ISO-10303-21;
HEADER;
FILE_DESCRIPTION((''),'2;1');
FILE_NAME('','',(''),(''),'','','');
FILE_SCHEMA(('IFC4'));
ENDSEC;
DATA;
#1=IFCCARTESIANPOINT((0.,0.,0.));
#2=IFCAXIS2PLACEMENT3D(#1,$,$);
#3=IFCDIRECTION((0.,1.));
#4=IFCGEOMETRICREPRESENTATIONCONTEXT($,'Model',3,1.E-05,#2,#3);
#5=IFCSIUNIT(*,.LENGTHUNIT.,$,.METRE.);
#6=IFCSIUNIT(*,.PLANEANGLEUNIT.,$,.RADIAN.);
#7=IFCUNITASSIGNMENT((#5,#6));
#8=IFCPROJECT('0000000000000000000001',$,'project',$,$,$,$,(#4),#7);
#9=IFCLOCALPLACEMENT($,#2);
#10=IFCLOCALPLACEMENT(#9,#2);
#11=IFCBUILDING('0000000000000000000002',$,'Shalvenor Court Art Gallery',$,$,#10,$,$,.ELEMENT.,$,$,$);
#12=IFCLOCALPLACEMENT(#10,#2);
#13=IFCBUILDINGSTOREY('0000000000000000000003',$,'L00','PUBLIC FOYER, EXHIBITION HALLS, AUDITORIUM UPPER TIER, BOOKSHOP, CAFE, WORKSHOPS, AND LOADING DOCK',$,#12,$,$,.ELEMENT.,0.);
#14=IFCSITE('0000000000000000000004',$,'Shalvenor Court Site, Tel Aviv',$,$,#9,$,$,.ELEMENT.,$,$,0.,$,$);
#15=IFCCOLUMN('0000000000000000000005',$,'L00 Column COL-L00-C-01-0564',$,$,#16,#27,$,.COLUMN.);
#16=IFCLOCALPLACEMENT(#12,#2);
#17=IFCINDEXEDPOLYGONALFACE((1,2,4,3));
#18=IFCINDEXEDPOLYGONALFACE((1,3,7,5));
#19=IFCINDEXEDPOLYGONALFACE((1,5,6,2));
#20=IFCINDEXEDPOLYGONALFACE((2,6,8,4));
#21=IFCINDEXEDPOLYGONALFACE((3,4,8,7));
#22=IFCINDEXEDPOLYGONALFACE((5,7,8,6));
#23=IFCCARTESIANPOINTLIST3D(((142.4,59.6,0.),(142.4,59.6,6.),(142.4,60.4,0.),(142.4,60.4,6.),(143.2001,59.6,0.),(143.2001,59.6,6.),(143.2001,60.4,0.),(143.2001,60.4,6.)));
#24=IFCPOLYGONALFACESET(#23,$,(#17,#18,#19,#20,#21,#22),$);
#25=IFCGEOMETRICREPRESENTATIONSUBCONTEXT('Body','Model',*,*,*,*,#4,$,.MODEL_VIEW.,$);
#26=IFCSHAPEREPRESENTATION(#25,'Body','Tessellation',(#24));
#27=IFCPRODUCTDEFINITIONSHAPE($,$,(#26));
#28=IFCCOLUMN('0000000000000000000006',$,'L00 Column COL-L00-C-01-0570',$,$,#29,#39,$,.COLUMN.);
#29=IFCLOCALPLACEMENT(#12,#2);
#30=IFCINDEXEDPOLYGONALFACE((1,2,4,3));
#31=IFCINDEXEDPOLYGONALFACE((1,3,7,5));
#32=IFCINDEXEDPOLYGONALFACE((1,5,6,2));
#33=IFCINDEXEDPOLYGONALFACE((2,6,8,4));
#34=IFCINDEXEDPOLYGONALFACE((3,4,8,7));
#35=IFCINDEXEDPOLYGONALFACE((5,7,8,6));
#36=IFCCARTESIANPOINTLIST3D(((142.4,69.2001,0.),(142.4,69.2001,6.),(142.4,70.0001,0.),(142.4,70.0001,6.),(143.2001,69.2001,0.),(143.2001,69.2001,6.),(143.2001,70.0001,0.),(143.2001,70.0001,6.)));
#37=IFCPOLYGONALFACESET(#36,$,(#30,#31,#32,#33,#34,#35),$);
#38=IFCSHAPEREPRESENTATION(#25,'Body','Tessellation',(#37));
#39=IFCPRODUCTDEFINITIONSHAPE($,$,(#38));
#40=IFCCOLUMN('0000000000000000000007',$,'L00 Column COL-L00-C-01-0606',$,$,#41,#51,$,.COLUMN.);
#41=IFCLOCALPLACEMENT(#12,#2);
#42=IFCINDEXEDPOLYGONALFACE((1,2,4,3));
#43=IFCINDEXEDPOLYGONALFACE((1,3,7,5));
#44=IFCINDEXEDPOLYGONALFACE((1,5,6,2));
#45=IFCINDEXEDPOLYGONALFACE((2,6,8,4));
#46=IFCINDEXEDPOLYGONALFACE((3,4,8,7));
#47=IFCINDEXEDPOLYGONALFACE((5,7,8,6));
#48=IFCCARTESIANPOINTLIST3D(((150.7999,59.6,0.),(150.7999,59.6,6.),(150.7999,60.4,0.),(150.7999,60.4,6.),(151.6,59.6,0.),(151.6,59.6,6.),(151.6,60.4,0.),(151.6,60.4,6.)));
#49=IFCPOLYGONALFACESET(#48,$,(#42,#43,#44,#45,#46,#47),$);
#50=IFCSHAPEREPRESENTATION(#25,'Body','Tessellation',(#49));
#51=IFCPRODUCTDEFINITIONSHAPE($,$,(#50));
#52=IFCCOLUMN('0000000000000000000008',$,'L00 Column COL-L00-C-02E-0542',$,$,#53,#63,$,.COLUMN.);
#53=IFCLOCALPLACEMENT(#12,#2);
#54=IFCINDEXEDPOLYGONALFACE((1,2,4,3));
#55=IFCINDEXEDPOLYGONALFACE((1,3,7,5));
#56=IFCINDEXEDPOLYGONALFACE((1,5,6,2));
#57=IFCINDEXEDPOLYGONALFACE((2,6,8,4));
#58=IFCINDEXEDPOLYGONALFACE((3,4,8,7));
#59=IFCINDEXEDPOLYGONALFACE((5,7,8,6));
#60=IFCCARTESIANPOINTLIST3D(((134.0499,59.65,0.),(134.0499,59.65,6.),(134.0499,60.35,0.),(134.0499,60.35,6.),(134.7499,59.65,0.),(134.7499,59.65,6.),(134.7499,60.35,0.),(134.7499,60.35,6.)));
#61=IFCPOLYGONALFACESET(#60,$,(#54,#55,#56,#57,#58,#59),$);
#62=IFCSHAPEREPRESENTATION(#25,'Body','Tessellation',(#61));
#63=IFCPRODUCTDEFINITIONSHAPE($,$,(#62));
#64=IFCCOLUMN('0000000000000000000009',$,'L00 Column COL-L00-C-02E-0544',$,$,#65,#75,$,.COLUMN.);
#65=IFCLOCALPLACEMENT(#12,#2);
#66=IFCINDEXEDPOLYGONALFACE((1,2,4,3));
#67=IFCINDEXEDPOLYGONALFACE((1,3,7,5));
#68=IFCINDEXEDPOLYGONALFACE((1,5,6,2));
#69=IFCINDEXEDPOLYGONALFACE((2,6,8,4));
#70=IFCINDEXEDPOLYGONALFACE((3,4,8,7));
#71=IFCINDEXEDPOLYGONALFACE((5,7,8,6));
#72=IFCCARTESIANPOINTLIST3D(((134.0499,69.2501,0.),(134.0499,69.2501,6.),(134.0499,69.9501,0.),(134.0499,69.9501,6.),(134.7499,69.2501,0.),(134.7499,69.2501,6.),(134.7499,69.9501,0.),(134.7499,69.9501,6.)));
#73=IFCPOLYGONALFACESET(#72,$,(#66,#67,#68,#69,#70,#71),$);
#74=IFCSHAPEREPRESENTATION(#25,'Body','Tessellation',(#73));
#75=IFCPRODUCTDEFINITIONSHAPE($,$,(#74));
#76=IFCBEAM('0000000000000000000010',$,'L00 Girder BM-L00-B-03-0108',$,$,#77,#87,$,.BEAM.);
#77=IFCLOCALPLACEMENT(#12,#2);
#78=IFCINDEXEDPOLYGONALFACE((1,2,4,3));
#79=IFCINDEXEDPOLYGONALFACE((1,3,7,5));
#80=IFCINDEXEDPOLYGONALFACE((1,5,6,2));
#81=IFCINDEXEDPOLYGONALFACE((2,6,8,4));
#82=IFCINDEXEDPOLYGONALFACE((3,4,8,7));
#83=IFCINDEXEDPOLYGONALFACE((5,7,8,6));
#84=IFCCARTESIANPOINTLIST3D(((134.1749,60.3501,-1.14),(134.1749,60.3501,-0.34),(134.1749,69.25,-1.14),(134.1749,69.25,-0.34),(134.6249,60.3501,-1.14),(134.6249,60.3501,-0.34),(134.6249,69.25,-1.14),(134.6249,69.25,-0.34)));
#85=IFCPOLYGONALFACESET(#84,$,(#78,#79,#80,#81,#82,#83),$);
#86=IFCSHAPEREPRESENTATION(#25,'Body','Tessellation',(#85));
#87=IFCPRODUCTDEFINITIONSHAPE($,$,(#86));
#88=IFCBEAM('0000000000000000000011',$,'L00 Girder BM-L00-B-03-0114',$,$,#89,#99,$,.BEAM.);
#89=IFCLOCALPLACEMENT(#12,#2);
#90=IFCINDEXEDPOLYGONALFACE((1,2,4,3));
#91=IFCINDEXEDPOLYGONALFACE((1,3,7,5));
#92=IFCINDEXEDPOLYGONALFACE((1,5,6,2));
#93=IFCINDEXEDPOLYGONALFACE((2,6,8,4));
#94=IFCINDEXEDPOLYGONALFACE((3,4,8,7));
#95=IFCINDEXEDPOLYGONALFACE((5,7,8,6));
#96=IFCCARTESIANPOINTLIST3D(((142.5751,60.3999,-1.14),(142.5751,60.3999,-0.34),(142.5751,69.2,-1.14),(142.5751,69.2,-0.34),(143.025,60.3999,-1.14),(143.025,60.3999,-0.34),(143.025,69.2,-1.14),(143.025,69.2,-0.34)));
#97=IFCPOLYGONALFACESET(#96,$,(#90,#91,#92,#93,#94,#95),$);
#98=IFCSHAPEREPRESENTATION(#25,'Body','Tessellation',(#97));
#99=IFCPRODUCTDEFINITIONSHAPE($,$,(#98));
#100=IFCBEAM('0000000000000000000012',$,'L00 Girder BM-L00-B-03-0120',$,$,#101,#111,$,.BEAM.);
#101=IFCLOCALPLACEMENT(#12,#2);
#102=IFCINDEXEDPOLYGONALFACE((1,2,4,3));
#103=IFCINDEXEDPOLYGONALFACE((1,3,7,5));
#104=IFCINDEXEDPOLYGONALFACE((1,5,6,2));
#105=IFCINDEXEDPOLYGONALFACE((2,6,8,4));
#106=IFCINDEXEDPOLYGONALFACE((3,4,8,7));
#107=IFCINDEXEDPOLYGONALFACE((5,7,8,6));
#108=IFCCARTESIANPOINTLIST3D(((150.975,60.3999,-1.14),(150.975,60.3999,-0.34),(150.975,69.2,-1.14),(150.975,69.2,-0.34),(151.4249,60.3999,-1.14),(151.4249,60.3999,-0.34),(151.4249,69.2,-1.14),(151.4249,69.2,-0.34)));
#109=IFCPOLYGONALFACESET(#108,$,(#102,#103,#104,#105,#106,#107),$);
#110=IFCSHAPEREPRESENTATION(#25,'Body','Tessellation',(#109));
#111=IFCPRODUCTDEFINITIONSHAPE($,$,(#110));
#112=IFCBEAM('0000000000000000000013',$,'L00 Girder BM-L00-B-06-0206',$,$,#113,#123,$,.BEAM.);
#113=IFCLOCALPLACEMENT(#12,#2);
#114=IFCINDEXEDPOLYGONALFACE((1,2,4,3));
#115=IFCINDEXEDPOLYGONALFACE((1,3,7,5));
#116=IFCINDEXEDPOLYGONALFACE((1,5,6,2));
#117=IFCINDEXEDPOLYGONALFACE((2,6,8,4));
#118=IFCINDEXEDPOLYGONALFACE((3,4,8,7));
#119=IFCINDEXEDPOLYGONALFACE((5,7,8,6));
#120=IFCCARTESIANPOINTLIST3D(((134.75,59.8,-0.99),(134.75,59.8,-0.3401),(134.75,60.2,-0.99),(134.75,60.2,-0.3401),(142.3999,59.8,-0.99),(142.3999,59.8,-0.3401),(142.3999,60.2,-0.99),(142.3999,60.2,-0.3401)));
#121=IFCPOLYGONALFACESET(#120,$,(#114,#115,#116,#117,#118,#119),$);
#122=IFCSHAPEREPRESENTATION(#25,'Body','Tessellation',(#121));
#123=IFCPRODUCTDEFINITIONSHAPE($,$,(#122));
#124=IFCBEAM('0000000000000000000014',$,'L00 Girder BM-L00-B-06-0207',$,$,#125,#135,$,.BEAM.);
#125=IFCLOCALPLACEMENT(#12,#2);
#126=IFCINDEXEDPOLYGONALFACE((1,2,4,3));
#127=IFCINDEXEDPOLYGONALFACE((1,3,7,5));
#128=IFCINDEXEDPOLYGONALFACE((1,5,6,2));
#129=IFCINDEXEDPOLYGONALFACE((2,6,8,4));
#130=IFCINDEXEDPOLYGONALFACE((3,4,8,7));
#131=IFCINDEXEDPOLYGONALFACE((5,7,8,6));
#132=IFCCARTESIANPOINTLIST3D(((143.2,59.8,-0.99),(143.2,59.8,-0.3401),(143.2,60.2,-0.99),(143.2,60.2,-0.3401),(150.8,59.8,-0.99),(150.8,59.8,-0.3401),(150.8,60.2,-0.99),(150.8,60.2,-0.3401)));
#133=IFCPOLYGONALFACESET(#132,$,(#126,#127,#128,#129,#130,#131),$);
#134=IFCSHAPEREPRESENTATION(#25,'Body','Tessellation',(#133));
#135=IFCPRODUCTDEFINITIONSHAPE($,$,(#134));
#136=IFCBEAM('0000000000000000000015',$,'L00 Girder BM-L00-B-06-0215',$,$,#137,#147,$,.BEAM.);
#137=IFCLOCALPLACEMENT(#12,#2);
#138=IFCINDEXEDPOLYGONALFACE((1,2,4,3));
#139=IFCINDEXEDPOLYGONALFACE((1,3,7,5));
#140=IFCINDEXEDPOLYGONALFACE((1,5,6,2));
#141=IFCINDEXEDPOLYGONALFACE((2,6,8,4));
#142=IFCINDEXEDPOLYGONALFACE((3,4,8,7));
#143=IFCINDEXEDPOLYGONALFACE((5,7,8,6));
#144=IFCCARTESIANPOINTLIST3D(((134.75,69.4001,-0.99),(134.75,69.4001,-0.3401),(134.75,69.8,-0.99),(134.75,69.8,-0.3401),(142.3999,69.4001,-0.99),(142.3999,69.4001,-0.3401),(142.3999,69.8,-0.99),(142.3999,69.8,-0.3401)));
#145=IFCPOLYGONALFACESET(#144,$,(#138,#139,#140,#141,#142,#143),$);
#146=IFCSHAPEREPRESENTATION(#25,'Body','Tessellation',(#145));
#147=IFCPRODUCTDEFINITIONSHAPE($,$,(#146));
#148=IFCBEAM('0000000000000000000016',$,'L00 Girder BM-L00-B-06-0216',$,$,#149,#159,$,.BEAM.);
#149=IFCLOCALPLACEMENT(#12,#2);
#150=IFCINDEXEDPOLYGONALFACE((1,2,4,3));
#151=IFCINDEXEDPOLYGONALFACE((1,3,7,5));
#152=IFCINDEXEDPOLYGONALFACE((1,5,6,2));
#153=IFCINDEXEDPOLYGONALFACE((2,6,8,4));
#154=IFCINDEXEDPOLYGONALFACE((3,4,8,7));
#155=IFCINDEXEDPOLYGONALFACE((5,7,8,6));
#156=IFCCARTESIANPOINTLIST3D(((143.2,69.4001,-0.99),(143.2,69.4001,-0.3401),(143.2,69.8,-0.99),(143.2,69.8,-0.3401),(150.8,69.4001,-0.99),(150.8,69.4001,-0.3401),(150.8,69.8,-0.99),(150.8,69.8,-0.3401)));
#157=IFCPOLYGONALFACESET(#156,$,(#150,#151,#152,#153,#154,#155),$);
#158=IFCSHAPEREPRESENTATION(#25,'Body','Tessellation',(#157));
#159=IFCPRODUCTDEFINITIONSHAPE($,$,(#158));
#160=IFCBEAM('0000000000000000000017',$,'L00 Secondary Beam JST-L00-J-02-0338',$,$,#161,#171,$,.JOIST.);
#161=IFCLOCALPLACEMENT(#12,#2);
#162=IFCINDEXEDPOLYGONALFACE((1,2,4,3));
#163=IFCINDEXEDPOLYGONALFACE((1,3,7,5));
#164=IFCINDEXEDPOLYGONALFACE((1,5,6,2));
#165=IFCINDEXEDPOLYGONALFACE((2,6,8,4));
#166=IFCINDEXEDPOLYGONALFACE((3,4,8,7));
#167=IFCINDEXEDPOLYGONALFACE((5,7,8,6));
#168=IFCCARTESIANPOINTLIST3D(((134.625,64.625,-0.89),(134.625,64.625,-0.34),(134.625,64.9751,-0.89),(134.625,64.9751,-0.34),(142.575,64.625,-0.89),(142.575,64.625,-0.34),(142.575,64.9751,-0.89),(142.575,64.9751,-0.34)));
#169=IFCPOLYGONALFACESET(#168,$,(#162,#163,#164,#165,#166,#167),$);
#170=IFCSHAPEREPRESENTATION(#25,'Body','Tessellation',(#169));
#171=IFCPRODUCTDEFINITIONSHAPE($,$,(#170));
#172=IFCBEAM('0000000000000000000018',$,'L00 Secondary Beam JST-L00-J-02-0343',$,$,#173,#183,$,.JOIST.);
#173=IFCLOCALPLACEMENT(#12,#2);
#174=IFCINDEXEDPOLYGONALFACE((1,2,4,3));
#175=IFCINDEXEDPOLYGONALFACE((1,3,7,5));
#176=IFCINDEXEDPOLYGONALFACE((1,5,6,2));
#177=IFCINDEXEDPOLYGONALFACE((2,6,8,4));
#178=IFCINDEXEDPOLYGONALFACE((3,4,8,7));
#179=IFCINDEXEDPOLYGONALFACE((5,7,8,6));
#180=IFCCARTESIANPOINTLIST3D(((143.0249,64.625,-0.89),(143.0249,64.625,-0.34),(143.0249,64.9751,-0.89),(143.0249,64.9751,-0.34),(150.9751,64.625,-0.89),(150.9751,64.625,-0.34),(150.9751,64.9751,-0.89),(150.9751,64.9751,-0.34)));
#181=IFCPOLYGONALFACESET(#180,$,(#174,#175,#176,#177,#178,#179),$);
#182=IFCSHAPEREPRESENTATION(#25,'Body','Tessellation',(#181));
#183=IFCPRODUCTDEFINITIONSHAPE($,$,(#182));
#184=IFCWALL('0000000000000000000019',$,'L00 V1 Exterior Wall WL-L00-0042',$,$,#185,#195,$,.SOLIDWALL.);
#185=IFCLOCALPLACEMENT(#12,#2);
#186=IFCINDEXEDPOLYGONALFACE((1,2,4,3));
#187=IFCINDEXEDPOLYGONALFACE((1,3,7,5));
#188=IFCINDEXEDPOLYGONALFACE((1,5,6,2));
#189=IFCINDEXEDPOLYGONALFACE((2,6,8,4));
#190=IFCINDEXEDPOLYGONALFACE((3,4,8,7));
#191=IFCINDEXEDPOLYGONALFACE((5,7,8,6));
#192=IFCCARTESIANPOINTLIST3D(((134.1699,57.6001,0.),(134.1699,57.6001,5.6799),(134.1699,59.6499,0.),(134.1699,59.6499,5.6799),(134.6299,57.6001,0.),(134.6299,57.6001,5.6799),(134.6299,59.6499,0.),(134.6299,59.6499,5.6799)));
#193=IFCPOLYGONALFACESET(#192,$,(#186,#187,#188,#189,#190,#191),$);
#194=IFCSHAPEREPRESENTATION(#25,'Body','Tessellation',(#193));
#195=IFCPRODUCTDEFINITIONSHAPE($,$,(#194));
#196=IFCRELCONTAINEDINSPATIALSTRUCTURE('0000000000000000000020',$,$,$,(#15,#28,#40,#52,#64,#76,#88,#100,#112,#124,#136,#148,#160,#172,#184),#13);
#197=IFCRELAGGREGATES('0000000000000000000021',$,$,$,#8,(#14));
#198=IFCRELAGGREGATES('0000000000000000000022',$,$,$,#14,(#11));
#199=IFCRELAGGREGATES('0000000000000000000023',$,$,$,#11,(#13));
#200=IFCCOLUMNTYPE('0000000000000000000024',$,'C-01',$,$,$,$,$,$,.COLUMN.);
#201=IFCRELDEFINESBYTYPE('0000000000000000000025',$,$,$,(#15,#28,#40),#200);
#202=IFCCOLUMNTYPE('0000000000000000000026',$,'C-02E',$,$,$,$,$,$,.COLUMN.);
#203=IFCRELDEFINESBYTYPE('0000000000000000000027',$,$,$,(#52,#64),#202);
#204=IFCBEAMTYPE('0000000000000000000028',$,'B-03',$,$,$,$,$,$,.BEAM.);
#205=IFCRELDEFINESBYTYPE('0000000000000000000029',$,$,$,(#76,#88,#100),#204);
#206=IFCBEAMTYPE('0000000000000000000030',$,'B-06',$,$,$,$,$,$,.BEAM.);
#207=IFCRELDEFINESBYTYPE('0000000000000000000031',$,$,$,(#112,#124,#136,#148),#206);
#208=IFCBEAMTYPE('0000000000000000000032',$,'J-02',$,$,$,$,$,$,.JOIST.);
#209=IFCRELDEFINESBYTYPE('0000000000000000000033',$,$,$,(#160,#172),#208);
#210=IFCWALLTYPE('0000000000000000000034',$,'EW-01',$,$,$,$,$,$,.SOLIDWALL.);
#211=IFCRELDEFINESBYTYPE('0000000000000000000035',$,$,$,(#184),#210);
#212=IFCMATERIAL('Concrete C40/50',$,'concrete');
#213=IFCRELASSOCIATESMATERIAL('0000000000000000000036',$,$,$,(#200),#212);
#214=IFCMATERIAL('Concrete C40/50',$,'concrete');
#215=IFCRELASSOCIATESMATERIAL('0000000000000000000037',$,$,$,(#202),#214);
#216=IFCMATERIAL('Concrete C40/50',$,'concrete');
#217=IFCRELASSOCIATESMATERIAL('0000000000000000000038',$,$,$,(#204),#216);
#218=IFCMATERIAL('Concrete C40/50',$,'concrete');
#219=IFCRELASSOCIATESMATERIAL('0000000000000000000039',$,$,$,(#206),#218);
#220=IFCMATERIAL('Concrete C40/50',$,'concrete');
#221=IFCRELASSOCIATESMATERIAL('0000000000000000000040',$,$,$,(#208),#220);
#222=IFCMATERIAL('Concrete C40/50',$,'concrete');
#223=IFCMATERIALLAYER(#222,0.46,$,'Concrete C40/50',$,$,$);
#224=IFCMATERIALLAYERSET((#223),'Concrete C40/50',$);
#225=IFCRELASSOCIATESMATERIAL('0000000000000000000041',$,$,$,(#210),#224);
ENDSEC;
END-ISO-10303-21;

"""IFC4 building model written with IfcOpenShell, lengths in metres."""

from ifc_helpers import new_model, si_unit, direction, frame, frame_2d, origin, origin_2d, place, context, subcontext, project, spatial, rectangle, extrude, material, layer, layer_set, material_profile, profile_set, type_object, element, save


model = new_model("IFC4")

# Units and contexts
model_context = context("Model", 3, precision=1e-05, world=origin(), true_north=direction((0.0, 1.0)))
body_context = subcontext(model_context, "Body", "Model", "MODEL_VIEW")
ifc_project = project(units=[si_unit("LENGTHUNIT", "METRE"), si_unit("PLANEANGLEUNIT", "RADIAN")], contexts=[model_context])

# Site, building, storey
site_placement = place(None, origin())
site = spatial("IfcSite", under=ifc_project, at=site_placement, Name="Shalvenor Court Site, Tel Aviv", CompositionType="ELEMENT", RefElevation=0.0)
building_placement = place(site_placement, origin())
building = spatial("IfcBuilding", under=site, at=building_placement, Name="Shalvenor Court Art Gallery", CompositionType="ELEMENT")
storey_placement = place(building_placement, origin())
storey = spatial("IfcBuildingStorey", under=building, at=storey_placement, Name="L00", Description="PUBLIC FOYER, EXHIBITION HALLS, AUDITORIUM UPPER TIER, BOOKSHOP, CAFE, WORKSHOPS, AND LOADING DOCK", CompositionType="ELEMENT", Elevation=0.0)

# Columns
ifc_material_1 = material(Name="Concrete C40/50", Category="concrete")
ifc_material_profile_1 = material_profile(ifc_material_1, rectangle(XDim=0.8, YDim=0.8, at=origin_2d()), Name="RC 800x800")
ifc_profile_set_1 = profile_set([ifc_material_profile_1], Name="Concrete C40/50")
column_type_1 = type_object("IfcColumnType", Name="C-01", PredefinedType="COLUMN", material=ifc_profile_set_1)
for number, where, z_axis, x_axis, name in (
    (1, (142.8, 60.0, 0.0), (0.0, 0.0, 1.0), (1.0, 0.0, 0.0), "L00 Column COL-L00-C-01-0564"),
    (2, (142.8, 69.6001, 0.0), (0.0, 0.0, 1.0), (1.0, 0.0, 0.0), "L00 Column COL-L00-C-01-0570"),
    (3, (151.2, 60.0, 0.0), (0.0, 0.0, 1.0), (1.0, 0.0, 0.0), "L00 Column COL-L00-C-01-0606"),
):
    element("IfcColumn", number, at=place(storey_placement, frame(where, z_axis=z_axis, x_axis=x_axis)), inside=storey, type_object=column_type_1, Name=name, PredefinedType="COLUMN", context=body_context, shape_type="SweptSolid", body=[
        extrude(rectangle(XDim=0.8, YDim=0.8, at=origin_2d()), origin(), (0.0, 0.0, 1.0), 6.0),
    ])
ifc_material_2 = material(Name="Concrete C40/50", Category="concrete")
ifc_material_profile_2 = material_profile(ifc_material_2, rectangle(XDim=0.7, YDim=0.7, at=origin_2d()), Name="RC 700x700")
ifc_profile_set_2 = profile_set([ifc_material_profile_2], Name="Concrete C40/50")
column_type_2 = type_object("IfcColumnType", Name="C-02E", PredefinedType="COLUMN", material=ifc_profile_set_2)
for number, where, z_axis, x_axis, name in (
    (4, (134.3999, 60.0, 0.0), (0.0, 0.0, 1.0), (1.0, 0.0, 0.0), "L00 Column COL-L00-C-02E-0542"),
    (5, (134.3999, 69.6001, 0.0), (0.0, 0.0, 1.0), (1.0, 0.0, 0.0), "L00 Column COL-L00-C-02E-0544"),
):
    element("IfcColumn", number, at=place(storey_placement, frame(where, z_axis=z_axis, x_axis=x_axis)), inside=storey, type_object=column_type_2, Name=name, PredefinedType="COLUMN", context=body_context, shape_type="SweptSolid", body=[
        extrude(rectangle(XDim=0.7, YDim=0.7, at=origin_2d()), origin(), (0.0, 0.0, 1.0), 6.0),
    ])

# Beams
ifc_material_3 = material(Name="Concrete C40/50", Category="concrete")
ifc_material_profile_3 = material_profile(ifc_material_3, rectangle(XDim=0.45, YDim=0.8, at=origin_2d()), Name="RC 450x800")
ifc_profile_set_3 = profile_set([ifc_material_profile_3], Name="Concrete C40/50")
beam_type_1 = type_object("IfcBeamType", Name="B-03", PredefinedType="BEAM", material=ifc_profile_set_3)
beam_1_placement = place(storey_placement, frame((134.3999, 60.3501, -0.74), z_axis=(0.0, 1.0, 0.0), x_axis=(-1.0, 0.0, 0.0)))
element("IfcBeam", 6, at=beam_1_placement, inside=storey, type_object=beam_type_1, Name="L00 Girder BM-L00-B-03-0108", PredefinedType="BEAM", context=body_context, shape_type="SweptSolid", body=[
    extrude(rectangle(XDim=0.45, YDim=0.8, at=origin_2d()), origin(), (0.0, 0.0, 1.0), 8.8999),
])
for number, where, z_axis, x_axis, name in (
    (7, (142.8, 60.3999, -0.74), (0.0, 1.0, 0.0), (-1.0, 0.0, 0.0), "L00 Girder BM-L00-B-03-0114"),
    (8, (151.2, 60.3999, -0.74), (0.0, 1.0, 0.0), (-1.0, 0.0, 0.0), "L00 Girder BM-L00-B-03-0120"),
):
    element("IfcBeam", number, at=place(storey_placement, frame(where, z_axis=z_axis, x_axis=x_axis)), inside=storey, type_object=beam_type_1, Name=name, PredefinedType="BEAM", context=body_context, shape_type="SweptSolid", body=[
        extrude(rectangle(XDim=0.45, YDim=0.8, at=origin_2d()), origin(), (0.0, 0.0, 1.0), 8.8),
    ])
ifc_material_4 = material(Name="Concrete C40/50", Category="concrete")
ifc_material_profile_4 = material_profile(ifc_material_4, rectangle(XDim=0.3999, YDim=0.6499, at=origin_2d()), Name="RC 400x650")
ifc_profile_set_4 = profile_set([ifc_material_profile_4], Name="Concrete C40/50")
beam_type_2 = type_object("IfcBeamType", Name="B-06", PredefinedType="BEAM", material=ifc_profile_set_4)
beam_2_placement = place(storey_placement, frame((134.75, 60.0, -0.665), z_axis=(1.0, 0.0, 0.0), x_axis=(0.0, 1.0, 0.0)))
element("IfcBeam", 9, at=beam_2_placement, inside=storey, type_object=beam_type_2, Name="L00 Girder BM-L00-B-06-0206", PredefinedType="BEAM", context=body_context, shape_type="SweptSolid", body=[
    extrude(rectangle(XDim=0.3999, YDim=0.6499, at=origin_2d()), origin(), (0.0, 0.0, 1.0), 7.6499),
])
beam_3_placement = place(storey_placement, frame((143.2, 60.0, -0.665), z_axis=(1.0, 0.0, 0.0), x_axis=(0.0, 1.0, 0.0)))
element("IfcBeam", 10, at=beam_3_placement, inside=storey, type_object=beam_type_2, Name="L00 Girder BM-L00-B-06-0207", PredefinedType="BEAM", context=body_context, shape_type="SweptSolid", body=[
    extrude(rectangle(XDim=0.3999, YDim=0.6499, at=origin_2d()), origin(), (0.0, 0.0, 1.0), 7.6001),
])
beam_4_placement = place(storey_placement, frame((134.75, 69.6001, -0.665), z_axis=(1.0, 0.0, 0.0), x_axis=(0.0, 1.0, 0.0)))
element("IfcBeam", 11, at=beam_4_placement, inside=storey, type_object=beam_type_2, Name="L00 Girder BM-L00-B-06-0215", PredefinedType="BEAM", context=body_context, shape_type="SweptSolid", body=[
    extrude(rectangle(XDim=0.3999, YDim=0.6499, at=origin_2d()), origin(), (0.0, 0.0, 1.0), 7.6499),
])
beam_5_placement = place(storey_placement, frame((143.2, 69.6001, -0.665), z_axis=(1.0, 0.0, 0.0), x_axis=(0.0, 1.0, 0.0)))
element("IfcBeam", 12, at=beam_5_placement, inside=storey, type_object=beam_type_2, Name="L00 Girder BM-L00-B-06-0216", PredefinedType="BEAM", context=body_context, shape_type="SweptSolid", body=[
    extrude(rectangle(XDim=0.3999, YDim=0.6499, at=origin_2d()), origin(), (0.0, 0.0, 1.0), 7.6001),
])
ifc_material_5 = material(Name="Concrete C40/50", Category="concrete")
ifc_material_profile_5 = material_profile(ifc_material_5, rectangle(XDim=0.3501, YDim=0.55, at=origin_2d()), Name="RC 350x550")
ifc_profile_set_5 = profile_set([ifc_material_profile_5], Name="Concrete C40/50")
beam_type_3 = type_object("IfcBeamType", Name="J-02", PredefinedType="JOIST", material=ifc_profile_set_5)
beam_6_placement = place(storey_placement, frame((134.625, 64.8, -0.615), z_axis=(1.0, 0.0, 0.0), x_axis=(0.0, 1.0, 0.0)))
element("IfcBeam", 13, at=beam_6_placement, inside=storey, type_object=beam_type_3, Name="L00 Secondary Beam JST-L00-J-02-0338", PredefinedType="JOIST", context=body_context, shape_type="SweptSolid", body=[
    extrude(rectangle(XDim=0.3501, YDim=0.55, at=origin_2d()), origin(), (0.0, 0.0, 1.0), 7.95),
])
beam_7_placement = place(storey_placement, frame((143.0249, 64.8, -0.615), z_axis=(1.0, 0.0, 0.0), x_axis=(0.0, 1.0, 0.0)))
element("IfcBeam", 14, at=beam_7_placement, inside=storey, type_object=beam_type_3, Name="L00 Secondary Beam JST-L00-J-02-0343", PredefinedType="JOIST", context=body_context, shape_type="SweptSolid", body=[
    extrude(rectangle(XDim=0.3501, YDim=0.55, at=origin_2d()), origin(), (0.0, 0.0, 1.0), 7.9502),
])

# Wall
ifc_material_6 = material(Name="Concrete C40/50", Category="concrete")
ifc_layer_1 = layer(ifc_material_6, 0.46, Name="Concrete C40/50")
ifc_layer_set_1 = layer_set([ifc_layer_1], Name="Concrete C40/50")
wall_type_1 = type_object("IfcWallType", Name="EW-01", PredefinedType="SOLIDWALL", material=ifc_layer_set_1)
wall_1_placement = place(storey_placement, frame((134.3999, 57.6001, 0.0), z_axis=(0.0, 0.0, 1.0), x_axis=(0.0, 1.0, 0.0)))
element("IfcWall", 15, at=wall_1_placement, inside=storey, type_object=wall_type_1, Name="L00 V1 Exterior Wall WL-L00-0042", PredefinedType="SOLIDWALL", context=body_context, shape_type="SweptSolid", body=[
    extrude(rectangle(XDim=2.0498, YDim=0.46, at=frame_2d((1.0249, 0.0))), origin(), (0.0, 0.0, 1.0), 5.6799),
])

save(model, "model.ifc")
